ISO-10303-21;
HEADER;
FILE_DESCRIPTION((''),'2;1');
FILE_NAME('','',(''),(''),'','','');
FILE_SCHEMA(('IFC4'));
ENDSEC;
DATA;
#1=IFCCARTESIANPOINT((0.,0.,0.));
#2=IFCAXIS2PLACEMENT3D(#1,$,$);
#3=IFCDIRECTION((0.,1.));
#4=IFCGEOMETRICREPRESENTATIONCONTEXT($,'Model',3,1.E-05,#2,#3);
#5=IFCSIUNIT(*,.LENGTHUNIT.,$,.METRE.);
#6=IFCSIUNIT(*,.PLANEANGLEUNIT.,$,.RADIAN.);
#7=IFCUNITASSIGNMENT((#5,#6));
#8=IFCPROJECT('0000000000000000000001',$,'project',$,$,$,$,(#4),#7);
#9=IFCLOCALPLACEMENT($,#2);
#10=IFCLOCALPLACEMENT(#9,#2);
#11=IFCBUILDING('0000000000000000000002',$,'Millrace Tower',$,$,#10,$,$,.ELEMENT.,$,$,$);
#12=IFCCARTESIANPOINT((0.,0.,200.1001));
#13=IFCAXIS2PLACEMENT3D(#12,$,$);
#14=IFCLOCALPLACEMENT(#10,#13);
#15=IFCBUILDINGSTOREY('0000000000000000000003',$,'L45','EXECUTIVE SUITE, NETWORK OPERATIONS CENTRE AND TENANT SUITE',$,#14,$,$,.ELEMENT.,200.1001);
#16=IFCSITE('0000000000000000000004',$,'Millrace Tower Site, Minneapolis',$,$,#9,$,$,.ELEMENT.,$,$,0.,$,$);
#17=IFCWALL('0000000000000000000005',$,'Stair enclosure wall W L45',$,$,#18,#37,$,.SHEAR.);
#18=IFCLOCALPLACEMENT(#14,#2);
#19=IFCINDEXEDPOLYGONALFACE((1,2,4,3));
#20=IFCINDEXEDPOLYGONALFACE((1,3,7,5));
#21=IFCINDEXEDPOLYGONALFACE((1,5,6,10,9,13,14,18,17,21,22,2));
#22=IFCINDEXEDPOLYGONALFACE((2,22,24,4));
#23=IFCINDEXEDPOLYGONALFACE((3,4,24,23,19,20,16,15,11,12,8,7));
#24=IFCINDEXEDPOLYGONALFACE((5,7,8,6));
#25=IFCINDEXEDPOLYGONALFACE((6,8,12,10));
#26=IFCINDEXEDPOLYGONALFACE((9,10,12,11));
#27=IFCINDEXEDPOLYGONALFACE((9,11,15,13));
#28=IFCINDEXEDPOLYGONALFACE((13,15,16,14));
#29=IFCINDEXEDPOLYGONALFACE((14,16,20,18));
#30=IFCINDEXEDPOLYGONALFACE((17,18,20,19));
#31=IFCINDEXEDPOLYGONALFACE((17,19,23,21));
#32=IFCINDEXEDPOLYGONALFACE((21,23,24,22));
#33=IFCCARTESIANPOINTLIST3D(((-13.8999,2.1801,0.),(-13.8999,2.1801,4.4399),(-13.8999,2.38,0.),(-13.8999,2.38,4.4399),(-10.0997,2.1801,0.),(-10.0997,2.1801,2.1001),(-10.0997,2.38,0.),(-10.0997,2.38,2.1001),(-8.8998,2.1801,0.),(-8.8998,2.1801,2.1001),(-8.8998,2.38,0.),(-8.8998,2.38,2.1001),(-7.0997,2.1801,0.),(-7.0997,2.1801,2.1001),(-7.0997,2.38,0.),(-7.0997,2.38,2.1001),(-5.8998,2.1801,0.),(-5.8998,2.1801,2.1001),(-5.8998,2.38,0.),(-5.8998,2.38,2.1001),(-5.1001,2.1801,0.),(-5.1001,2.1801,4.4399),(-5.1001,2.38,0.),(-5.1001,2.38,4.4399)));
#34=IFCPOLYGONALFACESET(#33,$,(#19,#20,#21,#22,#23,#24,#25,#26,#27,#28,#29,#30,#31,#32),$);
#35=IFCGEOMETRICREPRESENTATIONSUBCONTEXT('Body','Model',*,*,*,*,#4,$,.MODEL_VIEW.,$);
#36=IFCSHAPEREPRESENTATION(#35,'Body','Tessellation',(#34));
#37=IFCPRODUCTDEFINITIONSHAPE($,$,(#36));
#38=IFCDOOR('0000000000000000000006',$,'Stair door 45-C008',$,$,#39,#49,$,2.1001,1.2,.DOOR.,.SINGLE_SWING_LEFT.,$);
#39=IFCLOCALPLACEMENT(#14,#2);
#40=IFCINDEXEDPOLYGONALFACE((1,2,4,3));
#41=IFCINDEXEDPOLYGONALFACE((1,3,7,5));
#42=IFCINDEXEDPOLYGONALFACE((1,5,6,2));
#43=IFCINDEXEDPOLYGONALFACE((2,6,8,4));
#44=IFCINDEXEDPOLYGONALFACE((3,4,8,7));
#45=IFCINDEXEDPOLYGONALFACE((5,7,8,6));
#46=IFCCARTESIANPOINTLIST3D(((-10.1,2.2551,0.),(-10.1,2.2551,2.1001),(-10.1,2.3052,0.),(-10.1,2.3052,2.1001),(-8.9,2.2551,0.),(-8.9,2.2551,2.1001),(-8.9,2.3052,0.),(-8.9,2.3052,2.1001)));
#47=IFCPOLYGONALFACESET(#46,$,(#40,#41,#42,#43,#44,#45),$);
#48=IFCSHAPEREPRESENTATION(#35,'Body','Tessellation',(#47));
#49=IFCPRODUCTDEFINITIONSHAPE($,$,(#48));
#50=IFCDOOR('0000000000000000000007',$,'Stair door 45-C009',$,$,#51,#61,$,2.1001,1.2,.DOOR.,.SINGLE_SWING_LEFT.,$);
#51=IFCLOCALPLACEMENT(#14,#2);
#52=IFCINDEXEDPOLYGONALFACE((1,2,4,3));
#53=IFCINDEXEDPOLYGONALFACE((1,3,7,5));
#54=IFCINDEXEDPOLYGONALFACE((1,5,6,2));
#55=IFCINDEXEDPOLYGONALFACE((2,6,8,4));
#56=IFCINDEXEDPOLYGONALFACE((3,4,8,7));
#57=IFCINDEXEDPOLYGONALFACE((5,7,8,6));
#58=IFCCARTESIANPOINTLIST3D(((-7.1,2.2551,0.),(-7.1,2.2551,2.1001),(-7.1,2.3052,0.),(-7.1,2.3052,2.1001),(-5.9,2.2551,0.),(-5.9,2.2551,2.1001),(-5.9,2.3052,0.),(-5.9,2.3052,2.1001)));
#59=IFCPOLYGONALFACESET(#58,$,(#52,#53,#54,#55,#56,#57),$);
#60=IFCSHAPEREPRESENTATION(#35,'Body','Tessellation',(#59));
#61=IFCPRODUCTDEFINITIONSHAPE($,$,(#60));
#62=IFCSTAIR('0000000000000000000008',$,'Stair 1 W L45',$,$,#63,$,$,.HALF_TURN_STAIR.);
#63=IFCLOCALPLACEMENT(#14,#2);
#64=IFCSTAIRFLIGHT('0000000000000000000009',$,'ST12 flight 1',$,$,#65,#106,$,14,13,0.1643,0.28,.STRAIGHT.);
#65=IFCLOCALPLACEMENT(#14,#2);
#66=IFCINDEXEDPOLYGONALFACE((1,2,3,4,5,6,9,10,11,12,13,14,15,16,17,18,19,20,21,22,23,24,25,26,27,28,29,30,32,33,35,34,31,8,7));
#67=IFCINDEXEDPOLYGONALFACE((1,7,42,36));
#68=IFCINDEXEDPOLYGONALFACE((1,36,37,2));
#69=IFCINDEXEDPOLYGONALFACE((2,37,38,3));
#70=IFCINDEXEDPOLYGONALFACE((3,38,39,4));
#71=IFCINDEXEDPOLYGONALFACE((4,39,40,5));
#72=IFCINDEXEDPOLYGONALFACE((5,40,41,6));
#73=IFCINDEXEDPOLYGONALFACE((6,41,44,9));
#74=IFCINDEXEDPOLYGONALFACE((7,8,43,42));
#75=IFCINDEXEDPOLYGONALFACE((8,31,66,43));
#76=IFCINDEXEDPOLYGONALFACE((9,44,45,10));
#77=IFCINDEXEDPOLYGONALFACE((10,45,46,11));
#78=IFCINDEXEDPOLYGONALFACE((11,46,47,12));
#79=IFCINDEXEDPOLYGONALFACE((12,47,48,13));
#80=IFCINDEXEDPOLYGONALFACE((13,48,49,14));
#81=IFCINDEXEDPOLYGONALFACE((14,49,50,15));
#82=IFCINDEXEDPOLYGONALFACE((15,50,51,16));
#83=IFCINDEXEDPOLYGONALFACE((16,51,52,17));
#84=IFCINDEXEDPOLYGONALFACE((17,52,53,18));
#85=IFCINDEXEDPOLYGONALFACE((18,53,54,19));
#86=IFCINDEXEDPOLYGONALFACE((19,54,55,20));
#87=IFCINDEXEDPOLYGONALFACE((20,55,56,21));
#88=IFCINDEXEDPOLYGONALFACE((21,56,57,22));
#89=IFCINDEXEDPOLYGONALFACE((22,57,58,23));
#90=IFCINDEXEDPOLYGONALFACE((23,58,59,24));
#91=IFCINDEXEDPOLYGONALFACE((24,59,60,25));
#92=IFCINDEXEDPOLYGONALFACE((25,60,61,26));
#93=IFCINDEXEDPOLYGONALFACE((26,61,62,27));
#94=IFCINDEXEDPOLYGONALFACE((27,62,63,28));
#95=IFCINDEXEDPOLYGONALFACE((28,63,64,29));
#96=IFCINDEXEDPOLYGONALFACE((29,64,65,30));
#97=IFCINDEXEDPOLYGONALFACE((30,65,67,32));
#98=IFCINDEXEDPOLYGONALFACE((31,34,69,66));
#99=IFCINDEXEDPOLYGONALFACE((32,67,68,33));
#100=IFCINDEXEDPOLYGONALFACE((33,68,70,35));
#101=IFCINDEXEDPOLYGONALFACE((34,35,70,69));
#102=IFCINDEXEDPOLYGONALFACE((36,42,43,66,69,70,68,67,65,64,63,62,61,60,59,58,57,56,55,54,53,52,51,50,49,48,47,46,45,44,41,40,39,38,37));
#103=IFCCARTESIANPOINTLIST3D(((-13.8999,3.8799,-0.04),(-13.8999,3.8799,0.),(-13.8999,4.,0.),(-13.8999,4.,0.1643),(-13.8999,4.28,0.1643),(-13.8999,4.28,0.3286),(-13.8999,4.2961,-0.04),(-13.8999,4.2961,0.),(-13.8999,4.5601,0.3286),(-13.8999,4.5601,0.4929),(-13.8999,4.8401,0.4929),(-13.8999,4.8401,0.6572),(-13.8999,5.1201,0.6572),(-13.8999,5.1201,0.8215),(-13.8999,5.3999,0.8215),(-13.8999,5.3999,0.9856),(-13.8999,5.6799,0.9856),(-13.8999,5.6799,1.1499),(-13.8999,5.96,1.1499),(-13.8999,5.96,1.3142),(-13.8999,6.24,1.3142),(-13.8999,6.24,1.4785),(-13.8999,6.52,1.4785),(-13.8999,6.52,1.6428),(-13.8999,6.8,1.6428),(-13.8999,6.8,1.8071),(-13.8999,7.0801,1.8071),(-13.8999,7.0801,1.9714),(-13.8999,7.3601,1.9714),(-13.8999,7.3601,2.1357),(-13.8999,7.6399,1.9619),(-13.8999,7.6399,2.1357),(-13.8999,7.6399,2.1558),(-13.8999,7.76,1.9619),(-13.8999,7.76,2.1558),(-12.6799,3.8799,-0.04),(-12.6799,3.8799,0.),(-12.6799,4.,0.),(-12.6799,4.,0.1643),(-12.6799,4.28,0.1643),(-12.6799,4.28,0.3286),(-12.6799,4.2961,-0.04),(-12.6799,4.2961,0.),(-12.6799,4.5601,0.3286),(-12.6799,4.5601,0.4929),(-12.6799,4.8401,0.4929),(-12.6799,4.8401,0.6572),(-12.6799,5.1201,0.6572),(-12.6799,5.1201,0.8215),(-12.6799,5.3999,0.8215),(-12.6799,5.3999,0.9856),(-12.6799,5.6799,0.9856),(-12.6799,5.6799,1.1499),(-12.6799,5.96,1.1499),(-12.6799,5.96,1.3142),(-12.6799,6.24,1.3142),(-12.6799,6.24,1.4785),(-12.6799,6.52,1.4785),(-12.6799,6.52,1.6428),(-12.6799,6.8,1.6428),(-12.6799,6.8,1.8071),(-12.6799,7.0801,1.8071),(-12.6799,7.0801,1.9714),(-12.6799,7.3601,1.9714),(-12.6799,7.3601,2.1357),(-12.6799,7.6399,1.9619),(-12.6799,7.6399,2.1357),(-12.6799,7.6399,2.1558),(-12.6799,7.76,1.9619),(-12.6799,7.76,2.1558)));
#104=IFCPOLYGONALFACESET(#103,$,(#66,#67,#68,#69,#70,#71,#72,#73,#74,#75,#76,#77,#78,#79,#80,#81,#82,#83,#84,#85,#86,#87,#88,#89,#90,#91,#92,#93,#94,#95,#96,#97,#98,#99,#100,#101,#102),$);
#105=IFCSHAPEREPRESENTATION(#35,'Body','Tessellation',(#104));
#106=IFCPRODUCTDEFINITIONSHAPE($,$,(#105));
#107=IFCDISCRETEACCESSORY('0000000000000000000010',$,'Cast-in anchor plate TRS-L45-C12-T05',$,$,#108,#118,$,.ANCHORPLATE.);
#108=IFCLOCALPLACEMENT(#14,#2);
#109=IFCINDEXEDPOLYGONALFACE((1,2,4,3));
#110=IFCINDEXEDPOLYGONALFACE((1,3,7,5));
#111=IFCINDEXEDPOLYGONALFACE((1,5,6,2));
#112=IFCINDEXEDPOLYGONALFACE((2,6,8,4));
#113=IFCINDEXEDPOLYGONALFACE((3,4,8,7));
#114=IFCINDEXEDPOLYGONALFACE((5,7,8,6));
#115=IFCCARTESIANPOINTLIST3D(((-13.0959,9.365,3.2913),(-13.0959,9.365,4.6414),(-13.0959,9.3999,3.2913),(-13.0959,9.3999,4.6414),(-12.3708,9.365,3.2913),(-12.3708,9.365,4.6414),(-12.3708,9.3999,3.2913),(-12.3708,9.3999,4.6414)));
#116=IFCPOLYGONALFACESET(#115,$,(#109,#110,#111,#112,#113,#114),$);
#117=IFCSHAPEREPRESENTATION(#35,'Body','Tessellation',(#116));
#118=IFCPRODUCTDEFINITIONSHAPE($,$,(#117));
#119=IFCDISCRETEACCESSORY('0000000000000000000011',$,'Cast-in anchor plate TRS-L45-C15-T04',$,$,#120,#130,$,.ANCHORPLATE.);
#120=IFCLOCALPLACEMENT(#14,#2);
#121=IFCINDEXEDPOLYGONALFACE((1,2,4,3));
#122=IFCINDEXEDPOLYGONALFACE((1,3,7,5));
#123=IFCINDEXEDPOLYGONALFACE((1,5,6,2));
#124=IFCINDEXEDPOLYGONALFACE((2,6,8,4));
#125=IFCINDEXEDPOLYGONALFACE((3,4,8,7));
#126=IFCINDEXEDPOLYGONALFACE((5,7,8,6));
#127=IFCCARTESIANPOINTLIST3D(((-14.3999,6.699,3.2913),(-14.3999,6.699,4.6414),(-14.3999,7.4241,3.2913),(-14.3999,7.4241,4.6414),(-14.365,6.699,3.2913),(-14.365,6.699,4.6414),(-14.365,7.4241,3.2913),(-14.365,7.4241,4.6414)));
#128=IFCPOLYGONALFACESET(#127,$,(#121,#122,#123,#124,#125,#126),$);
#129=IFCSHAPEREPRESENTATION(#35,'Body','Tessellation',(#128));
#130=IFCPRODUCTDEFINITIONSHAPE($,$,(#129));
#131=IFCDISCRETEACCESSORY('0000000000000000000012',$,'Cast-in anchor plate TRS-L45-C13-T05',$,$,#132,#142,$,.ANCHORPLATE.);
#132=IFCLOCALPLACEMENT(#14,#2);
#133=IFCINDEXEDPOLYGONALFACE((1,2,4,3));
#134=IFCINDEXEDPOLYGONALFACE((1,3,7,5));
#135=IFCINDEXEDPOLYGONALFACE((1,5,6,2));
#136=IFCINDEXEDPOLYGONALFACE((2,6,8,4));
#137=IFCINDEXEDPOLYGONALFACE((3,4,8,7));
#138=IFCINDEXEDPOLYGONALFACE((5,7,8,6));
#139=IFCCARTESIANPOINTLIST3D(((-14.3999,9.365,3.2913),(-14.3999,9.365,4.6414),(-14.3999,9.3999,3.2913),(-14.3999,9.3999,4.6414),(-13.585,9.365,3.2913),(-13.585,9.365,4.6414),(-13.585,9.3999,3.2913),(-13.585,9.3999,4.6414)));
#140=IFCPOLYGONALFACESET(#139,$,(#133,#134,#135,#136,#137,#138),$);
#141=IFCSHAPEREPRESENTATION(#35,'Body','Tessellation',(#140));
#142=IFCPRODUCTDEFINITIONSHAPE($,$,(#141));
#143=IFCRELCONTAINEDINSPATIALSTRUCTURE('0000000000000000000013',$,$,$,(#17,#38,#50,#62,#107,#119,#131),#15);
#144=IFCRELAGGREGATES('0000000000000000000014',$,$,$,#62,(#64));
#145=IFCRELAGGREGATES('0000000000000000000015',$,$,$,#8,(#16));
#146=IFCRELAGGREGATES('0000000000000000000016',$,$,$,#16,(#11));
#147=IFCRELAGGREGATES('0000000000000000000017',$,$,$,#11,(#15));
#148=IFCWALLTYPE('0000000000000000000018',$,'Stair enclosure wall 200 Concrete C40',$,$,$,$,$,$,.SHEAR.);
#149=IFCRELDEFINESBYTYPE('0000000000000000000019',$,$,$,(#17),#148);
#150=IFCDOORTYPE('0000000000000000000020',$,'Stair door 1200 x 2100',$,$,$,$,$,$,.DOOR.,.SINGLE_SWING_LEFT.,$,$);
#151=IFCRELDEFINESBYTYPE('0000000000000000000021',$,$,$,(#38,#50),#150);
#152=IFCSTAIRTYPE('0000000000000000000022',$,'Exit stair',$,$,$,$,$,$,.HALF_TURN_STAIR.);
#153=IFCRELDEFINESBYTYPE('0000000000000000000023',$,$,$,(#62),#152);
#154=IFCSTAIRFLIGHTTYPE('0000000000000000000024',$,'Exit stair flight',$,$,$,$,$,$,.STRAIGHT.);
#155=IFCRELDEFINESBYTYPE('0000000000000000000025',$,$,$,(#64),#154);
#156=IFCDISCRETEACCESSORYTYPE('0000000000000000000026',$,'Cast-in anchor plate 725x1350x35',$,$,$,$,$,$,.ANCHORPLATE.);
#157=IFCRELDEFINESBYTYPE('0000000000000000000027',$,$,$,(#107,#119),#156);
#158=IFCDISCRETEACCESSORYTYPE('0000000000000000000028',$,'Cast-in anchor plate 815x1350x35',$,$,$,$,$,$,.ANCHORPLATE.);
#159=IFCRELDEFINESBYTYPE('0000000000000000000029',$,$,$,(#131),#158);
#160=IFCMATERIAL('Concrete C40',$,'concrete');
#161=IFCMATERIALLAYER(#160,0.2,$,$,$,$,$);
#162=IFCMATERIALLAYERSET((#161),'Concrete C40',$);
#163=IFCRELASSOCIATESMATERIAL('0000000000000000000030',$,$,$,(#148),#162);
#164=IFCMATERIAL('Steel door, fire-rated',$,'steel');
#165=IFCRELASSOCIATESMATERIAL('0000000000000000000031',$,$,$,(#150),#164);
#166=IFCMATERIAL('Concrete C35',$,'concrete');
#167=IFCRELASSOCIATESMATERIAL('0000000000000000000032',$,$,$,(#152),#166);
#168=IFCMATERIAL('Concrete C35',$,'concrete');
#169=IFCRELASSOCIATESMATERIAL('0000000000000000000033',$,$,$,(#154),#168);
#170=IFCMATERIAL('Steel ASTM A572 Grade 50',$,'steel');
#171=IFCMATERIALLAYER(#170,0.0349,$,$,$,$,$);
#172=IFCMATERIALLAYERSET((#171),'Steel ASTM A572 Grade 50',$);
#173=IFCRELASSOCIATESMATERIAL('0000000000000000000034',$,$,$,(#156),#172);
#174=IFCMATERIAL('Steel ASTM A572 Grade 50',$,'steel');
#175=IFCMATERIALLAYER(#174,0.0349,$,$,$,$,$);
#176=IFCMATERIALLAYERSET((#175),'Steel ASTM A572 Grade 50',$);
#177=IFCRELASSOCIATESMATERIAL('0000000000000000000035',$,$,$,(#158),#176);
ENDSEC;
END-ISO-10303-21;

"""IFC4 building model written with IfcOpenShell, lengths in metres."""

from ifc_helpers import new_model, si_unit, direction, frame, frame_2d, origin, origin_2d, place, context, subcontext, project, spatial, polyline, rectangle, outline, extrude, material, layer, layer_set, type_object, element, fill, aggregate, save


model = new_model("IFC4")

# Units and contexts
model_context = context("Model", 3, precision=1e-05, world=origin(), true_north=direction((0.0, 1.0)))
body_context = subcontext(model_context, "Body", "Model", "MODEL_VIEW")
ifc_project = project(units=[si_unit("LENGTHUNIT", "METRE"), si_unit("PLANEANGLEUNIT", "RADIAN")], contexts=[model_context])

# Site, building, storey
site_placement = place(None, origin())
site = spatial("IfcSite", under=ifc_project, at=site_placement, Name="Millrace Tower Site, Minneapolis", CompositionType="ELEMENT", RefElevation=0.0)
building_placement = place(site_placement, origin())
building = spatial("IfcBuilding", under=site, at=building_placement, Name="Millrace Tower", CompositionType="ELEMENT")
storey_placement = place(building_placement, frame((0.0, 0.0, 200.1001)))
storey = spatial("IfcBuildingStorey", under=building, at=storey_placement, Name="L45", Description="EXECUTIVE SUITE, NETWORK OPERATIONS CENTRE AND TENANT SUITE", CompositionType="ELEMENT", Elevation=200.1001)

# Shared definitions
ifc_material_1 = material(Name="Concrete C40", Category="concrete")
ifc_layer_1 = layer(ifc_material_1, 0.2)
ifc_layer_set_1 = layer_set([ifc_layer_1], Name="Concrete C40")
wall_type_1 = type_object("IfcWallType", Name="Stair enclosure wall 200 Concrete C40", PredefinedType="SHEAR", material=ifc_layer_set_1)

# Wall, openings, doors
wall_1_placement = place(storey_placement, frame((-13.8999, 2.28, 0.0), z_axis=(0.0, 0.0, 1.0), x_axis=(1.0, 0.0, 0.0)))
wall_1 = element("IfcWall", 1, at=wall_1_placement, inside=storey, type_object=wall_type_1, Name="Stair enclosure wall W L45", PredefinedType="SHEAR", context=body_context, shape_type="SweptSolid", body=[
    extrude(rectangle(XDim=8.7998, YDim=0.2, at=frame_2d((4.3999, 0.0))), origin(), (0.0, 0.0, 1.0), 4.4399),
])
opening_1_placement = place(wall_1_placement, frame((3.8, 0.0, 0.0)))
opening_1 = element("IfcOpeningElement", 2, at=opening_1_placement, cuts=wall_1, PredefinedType="OPENING", context=body_context, shape_type="SweptSolid", body=[
    extrude(rectangle(XDim=1.2, YDim=2.1001, at=frame_2d((0.6001, 1.05))), frame((0.0, 0.1099, 0.0), z_axis=(0.0, -1.0, 0.0), x_axis=(1.0, 0.0, 0.0)), (0.0, 0.0, 1.0), 0.22),
])
opening_2_placement = place(wall_1_placement, frame((6.8, 0.0, 0.0)))
opening_2 = element("IfcOpeningElement", 3, at=opening_2_placement, cuts=wall_1, PredefinedType="OPENING", context=body_context, shape_type="SweptSolid", body=[
    extrude(rectangle(XDim=1.2, YDim=2.1001, at=frame_2d((0.6001, 1.05))), frame((0.0, 0.1099, 0.0), z_axis=(0.0, -1.0, 0.0), x_axis=(1.0, 0.0, 0.0)), (0.0, 0.0, 1.0), 0.22),
])
ifc_material_2 = material(Name="Steel door, fire-rated", Category="steel")
door_type_1 = type_object("IfcDoorType", Name="Stair door 1200 x 2100", OperationType="SINGLE_SWING_LEFT", PredefinedType="DOOR", material=ifc_material_2)
door_1_placement = place(opening_1_placement, frame((1.2, 0.0, 0.0), z_axis=(0.0, 0.0, 1.0), x_axis=(-1.0, 0.0, 0.0)))
door_1 = element("IfcDoor", 4, at=door_1_placement, inside=storey, type_object=door_type_1, Name="Stair door 45-C008", OperationType="SINGLE_SWING_LEFT", OverallHeight=2.1001, OverallWidth=1.2, PredefinedType="DOOR", context=body_context, shape_type="SweptSolid", body=[
    extrude(rectangle(XDim=1.2, YDim=2.1001, at=frame_2d((0.6001, 1.05))), frame((0.0, 0.0249, 0.0), z_axis=(0.0, -1.0, 0.0), x_axis=(1.0, 0.0, 0.0)), (0.0, 0.0, 1.0), 0.05),
])
fill(opening_1, door_1)
door_2_placement = place(opening_2_placement, frame((1.2, 0.0, 0.0), z_axis=(0.0, 0.0, 1.0), x_axis=(-1.0, 0.0, 0.0)))
door_2 = element("IfcDoor", 5, at=door_2_placement, inside=storey, type_object=door_type_1, Name="Stair door 45-C009", OperationType="SINGLE_SWING_LEFT", OverallHeight=2.1001, OverallWidth=1.2, PredefinedType="DOOR", context=body_context, shape_type="SweptSolid", body=[
    extrude(rectangle(XDim=1.2, YDim=2.1001, at=frame_2d((0.6001, 1.05))), frame((0.0, 0.0249, 0.0), z_axis=(0.0, -1.0, 0.0), x_axis=(1.0, 0.0, 0.0)), (0.0, 0.0, 1.0), 0.05),
])
fill(opening_2, door_2)

# Stair, stair flight
ifc_material_3 = material(Name="Concrete C35", Category="concrete")
stair_type = type_object("IfcStairType", Name="Exit stair", PredefinedType="HALF_TURN_STAIR", material=ifc_material_3)
stair_placement = place(storey_placement, origin())
stair = element("IfcStair", 6, at=stair_placement, inside=storey, type_object=stair_type, Name="Stair 1 W L45", PredefinedType="HALF_TURN_STAIR")
ifc_material_4 = material(Name="Concrete C35", Category="concrete")
stair_flight_type = type_object("IfcStairFlightType", Name="Exit stair flight", PredefinedType="STRAIGHT", material=ifc_material_4)
stair_flight_placement = place(storey_placement, frame((-13.29, 4.0, 0.0), z_axis=(0.0, 0.0, 1.0), x_axis=(0.0, 1.0, 0.0)))
stair_flight = element("IfcStairFlight", 7, at=stair_flight_placement, type_object=stair_flight_type, Name="ST12 flight 1", NumberOfRisers=14, NumberOfTreads=13, PredefinedType="STRAIGHT", RiserHeight=0.1643, TreadLength=0.28, context=body_context, shape_type="SweptSolid", body=[
    extrude(outline(polyline([(-0.1201, -0.04), (-0.1201, 0.0), (0.0, 0.0), (0.0, 0.1643), (0.28, 0.1643), (0.28, 0.3286), (0.5601, 0.3286), (0.5601, 0.4929), (0.8401, 0.4929), (0.8401, 0.6572), (1.1201, 0.6572), (1.1201, 0.8215), (1.3999, 0.8215), (1.3999, 0.9856), (1.6799, 0.9856), (1.6799, 1.1499), (1.96, 1.1499), (1.96, 1.3142), (2.24, 1.3142), (2.24, 1.4785), (2.52, 1.4785), (2.52, 1.6428), (2.8, 1.6428), (2.8, 1.8071), (3.0801, 1.8071), (3.0801, 1.9714), (3.3601, 1.9714), (3.3601, 2.1357), (3.6399, 2.1357), (3.6399, 2.1558), (3.76, 2.1558), (3.76, 1.9619), (3.6399, 1.9619), (0.2961, 0.0), (0.2961, -0.04), (-0.1201, -0.04)])), frame((0.0, 0.6099, 0.0), z_axis=(0.0, -1.0, 0.0), x_axis=(1.0, 0.0, 0.0)), (0.0, 0.0, 1.0), 1.22),
])
aggregate(stair, [stair_flight])

# Discrete accessories
ifc_material_5 = material(Name="Steel ASTM A572 Grade 50", Category="steel")
ifc_layer_2 = layer(ifc_material_5, 0.0349)
ifc_layer_set_2 = layer_set([ifc_layer_2], Name="Steel ASTM A572 Grade 50")
discrete_accessory_type_1 = type_object("IfcDiscreteAccessoryType", Name="Cast-in anchor plate 725x1350x35", PredefinedType="ANCHORPLATE", material=ifc_layer_set_2)
for number, where, z_axis, x_axis, name in (
    (8, (-12.7334, 9.365, 3.9663), (0.0, 1.0, 0.0), (-1.0, 0.0, 0.0), "Cast-in anchor plate TRS-L45-C12-T05"),
    (9, (-14.365, 7.0615, 3.9663), (-1.0, 0.0, 0.0), (0.0, -1.0, 0.0), "Cast-in anchor plate TRS-L45-C15-T04"),
):
    element("IfcDiscreteAccessory", number, at=place(storey_placement, frame(where, z_axis=z_axis, x_axis=x_axis)), inside=storey, type_object=discrete_accessory_type_1, Name=name, PredefinedType="ANCHORPLATE", context=body_context, shape_type="SweptSolid", body=[
        extrude(rectangle(XDim=0.7251, YDim=1.3501, at=origin_2d()), origin(), (0.0, 0.0, 1.0), 0.0349),
    ])
ifc_material_6 = material(Name="Steel ASTM A572 Grade 50", Category="steel")
ifc_layer_3 = layer(ifc_material_6, 0.0349)
ifc_layer_set_3 = layer_set([ifc_layer_3], Name="Steel ASTM A572 Grade 50")
discrete_accessory_type_2 = type_object("IfcDiscreteAccessoryType", Name="Cast-in anchor plate 815x1350x35", PredefinedType="ANCHORPLATE", material=ifc_layer_set_3)
discrete_accessory_placement = place(storey_placement, frame((-13.9924, 9.365, 3.9663), z_axis=(0.0, 1.0, 0.0), x_axis=(-1.0, 0.0, 0.0)))
element("IfcDiscreteAccessory", 10, at=discrete_accessory_placement, inside=storey, type_object=discrete_accessory_type_2, Name="Cast-in anchor plate TRS-L45-C13-T05", PredefinedType="ANCHORPLATE", context=body_context, shape_type="SweptSolid", body=[
    extrude(rectangle(XDim=0.8149, YDim=1.3501, at=origin_2d()), origin(), (0.0, 0.0, 1.0), 0.0349),
])

save(model, "model.ifc")
